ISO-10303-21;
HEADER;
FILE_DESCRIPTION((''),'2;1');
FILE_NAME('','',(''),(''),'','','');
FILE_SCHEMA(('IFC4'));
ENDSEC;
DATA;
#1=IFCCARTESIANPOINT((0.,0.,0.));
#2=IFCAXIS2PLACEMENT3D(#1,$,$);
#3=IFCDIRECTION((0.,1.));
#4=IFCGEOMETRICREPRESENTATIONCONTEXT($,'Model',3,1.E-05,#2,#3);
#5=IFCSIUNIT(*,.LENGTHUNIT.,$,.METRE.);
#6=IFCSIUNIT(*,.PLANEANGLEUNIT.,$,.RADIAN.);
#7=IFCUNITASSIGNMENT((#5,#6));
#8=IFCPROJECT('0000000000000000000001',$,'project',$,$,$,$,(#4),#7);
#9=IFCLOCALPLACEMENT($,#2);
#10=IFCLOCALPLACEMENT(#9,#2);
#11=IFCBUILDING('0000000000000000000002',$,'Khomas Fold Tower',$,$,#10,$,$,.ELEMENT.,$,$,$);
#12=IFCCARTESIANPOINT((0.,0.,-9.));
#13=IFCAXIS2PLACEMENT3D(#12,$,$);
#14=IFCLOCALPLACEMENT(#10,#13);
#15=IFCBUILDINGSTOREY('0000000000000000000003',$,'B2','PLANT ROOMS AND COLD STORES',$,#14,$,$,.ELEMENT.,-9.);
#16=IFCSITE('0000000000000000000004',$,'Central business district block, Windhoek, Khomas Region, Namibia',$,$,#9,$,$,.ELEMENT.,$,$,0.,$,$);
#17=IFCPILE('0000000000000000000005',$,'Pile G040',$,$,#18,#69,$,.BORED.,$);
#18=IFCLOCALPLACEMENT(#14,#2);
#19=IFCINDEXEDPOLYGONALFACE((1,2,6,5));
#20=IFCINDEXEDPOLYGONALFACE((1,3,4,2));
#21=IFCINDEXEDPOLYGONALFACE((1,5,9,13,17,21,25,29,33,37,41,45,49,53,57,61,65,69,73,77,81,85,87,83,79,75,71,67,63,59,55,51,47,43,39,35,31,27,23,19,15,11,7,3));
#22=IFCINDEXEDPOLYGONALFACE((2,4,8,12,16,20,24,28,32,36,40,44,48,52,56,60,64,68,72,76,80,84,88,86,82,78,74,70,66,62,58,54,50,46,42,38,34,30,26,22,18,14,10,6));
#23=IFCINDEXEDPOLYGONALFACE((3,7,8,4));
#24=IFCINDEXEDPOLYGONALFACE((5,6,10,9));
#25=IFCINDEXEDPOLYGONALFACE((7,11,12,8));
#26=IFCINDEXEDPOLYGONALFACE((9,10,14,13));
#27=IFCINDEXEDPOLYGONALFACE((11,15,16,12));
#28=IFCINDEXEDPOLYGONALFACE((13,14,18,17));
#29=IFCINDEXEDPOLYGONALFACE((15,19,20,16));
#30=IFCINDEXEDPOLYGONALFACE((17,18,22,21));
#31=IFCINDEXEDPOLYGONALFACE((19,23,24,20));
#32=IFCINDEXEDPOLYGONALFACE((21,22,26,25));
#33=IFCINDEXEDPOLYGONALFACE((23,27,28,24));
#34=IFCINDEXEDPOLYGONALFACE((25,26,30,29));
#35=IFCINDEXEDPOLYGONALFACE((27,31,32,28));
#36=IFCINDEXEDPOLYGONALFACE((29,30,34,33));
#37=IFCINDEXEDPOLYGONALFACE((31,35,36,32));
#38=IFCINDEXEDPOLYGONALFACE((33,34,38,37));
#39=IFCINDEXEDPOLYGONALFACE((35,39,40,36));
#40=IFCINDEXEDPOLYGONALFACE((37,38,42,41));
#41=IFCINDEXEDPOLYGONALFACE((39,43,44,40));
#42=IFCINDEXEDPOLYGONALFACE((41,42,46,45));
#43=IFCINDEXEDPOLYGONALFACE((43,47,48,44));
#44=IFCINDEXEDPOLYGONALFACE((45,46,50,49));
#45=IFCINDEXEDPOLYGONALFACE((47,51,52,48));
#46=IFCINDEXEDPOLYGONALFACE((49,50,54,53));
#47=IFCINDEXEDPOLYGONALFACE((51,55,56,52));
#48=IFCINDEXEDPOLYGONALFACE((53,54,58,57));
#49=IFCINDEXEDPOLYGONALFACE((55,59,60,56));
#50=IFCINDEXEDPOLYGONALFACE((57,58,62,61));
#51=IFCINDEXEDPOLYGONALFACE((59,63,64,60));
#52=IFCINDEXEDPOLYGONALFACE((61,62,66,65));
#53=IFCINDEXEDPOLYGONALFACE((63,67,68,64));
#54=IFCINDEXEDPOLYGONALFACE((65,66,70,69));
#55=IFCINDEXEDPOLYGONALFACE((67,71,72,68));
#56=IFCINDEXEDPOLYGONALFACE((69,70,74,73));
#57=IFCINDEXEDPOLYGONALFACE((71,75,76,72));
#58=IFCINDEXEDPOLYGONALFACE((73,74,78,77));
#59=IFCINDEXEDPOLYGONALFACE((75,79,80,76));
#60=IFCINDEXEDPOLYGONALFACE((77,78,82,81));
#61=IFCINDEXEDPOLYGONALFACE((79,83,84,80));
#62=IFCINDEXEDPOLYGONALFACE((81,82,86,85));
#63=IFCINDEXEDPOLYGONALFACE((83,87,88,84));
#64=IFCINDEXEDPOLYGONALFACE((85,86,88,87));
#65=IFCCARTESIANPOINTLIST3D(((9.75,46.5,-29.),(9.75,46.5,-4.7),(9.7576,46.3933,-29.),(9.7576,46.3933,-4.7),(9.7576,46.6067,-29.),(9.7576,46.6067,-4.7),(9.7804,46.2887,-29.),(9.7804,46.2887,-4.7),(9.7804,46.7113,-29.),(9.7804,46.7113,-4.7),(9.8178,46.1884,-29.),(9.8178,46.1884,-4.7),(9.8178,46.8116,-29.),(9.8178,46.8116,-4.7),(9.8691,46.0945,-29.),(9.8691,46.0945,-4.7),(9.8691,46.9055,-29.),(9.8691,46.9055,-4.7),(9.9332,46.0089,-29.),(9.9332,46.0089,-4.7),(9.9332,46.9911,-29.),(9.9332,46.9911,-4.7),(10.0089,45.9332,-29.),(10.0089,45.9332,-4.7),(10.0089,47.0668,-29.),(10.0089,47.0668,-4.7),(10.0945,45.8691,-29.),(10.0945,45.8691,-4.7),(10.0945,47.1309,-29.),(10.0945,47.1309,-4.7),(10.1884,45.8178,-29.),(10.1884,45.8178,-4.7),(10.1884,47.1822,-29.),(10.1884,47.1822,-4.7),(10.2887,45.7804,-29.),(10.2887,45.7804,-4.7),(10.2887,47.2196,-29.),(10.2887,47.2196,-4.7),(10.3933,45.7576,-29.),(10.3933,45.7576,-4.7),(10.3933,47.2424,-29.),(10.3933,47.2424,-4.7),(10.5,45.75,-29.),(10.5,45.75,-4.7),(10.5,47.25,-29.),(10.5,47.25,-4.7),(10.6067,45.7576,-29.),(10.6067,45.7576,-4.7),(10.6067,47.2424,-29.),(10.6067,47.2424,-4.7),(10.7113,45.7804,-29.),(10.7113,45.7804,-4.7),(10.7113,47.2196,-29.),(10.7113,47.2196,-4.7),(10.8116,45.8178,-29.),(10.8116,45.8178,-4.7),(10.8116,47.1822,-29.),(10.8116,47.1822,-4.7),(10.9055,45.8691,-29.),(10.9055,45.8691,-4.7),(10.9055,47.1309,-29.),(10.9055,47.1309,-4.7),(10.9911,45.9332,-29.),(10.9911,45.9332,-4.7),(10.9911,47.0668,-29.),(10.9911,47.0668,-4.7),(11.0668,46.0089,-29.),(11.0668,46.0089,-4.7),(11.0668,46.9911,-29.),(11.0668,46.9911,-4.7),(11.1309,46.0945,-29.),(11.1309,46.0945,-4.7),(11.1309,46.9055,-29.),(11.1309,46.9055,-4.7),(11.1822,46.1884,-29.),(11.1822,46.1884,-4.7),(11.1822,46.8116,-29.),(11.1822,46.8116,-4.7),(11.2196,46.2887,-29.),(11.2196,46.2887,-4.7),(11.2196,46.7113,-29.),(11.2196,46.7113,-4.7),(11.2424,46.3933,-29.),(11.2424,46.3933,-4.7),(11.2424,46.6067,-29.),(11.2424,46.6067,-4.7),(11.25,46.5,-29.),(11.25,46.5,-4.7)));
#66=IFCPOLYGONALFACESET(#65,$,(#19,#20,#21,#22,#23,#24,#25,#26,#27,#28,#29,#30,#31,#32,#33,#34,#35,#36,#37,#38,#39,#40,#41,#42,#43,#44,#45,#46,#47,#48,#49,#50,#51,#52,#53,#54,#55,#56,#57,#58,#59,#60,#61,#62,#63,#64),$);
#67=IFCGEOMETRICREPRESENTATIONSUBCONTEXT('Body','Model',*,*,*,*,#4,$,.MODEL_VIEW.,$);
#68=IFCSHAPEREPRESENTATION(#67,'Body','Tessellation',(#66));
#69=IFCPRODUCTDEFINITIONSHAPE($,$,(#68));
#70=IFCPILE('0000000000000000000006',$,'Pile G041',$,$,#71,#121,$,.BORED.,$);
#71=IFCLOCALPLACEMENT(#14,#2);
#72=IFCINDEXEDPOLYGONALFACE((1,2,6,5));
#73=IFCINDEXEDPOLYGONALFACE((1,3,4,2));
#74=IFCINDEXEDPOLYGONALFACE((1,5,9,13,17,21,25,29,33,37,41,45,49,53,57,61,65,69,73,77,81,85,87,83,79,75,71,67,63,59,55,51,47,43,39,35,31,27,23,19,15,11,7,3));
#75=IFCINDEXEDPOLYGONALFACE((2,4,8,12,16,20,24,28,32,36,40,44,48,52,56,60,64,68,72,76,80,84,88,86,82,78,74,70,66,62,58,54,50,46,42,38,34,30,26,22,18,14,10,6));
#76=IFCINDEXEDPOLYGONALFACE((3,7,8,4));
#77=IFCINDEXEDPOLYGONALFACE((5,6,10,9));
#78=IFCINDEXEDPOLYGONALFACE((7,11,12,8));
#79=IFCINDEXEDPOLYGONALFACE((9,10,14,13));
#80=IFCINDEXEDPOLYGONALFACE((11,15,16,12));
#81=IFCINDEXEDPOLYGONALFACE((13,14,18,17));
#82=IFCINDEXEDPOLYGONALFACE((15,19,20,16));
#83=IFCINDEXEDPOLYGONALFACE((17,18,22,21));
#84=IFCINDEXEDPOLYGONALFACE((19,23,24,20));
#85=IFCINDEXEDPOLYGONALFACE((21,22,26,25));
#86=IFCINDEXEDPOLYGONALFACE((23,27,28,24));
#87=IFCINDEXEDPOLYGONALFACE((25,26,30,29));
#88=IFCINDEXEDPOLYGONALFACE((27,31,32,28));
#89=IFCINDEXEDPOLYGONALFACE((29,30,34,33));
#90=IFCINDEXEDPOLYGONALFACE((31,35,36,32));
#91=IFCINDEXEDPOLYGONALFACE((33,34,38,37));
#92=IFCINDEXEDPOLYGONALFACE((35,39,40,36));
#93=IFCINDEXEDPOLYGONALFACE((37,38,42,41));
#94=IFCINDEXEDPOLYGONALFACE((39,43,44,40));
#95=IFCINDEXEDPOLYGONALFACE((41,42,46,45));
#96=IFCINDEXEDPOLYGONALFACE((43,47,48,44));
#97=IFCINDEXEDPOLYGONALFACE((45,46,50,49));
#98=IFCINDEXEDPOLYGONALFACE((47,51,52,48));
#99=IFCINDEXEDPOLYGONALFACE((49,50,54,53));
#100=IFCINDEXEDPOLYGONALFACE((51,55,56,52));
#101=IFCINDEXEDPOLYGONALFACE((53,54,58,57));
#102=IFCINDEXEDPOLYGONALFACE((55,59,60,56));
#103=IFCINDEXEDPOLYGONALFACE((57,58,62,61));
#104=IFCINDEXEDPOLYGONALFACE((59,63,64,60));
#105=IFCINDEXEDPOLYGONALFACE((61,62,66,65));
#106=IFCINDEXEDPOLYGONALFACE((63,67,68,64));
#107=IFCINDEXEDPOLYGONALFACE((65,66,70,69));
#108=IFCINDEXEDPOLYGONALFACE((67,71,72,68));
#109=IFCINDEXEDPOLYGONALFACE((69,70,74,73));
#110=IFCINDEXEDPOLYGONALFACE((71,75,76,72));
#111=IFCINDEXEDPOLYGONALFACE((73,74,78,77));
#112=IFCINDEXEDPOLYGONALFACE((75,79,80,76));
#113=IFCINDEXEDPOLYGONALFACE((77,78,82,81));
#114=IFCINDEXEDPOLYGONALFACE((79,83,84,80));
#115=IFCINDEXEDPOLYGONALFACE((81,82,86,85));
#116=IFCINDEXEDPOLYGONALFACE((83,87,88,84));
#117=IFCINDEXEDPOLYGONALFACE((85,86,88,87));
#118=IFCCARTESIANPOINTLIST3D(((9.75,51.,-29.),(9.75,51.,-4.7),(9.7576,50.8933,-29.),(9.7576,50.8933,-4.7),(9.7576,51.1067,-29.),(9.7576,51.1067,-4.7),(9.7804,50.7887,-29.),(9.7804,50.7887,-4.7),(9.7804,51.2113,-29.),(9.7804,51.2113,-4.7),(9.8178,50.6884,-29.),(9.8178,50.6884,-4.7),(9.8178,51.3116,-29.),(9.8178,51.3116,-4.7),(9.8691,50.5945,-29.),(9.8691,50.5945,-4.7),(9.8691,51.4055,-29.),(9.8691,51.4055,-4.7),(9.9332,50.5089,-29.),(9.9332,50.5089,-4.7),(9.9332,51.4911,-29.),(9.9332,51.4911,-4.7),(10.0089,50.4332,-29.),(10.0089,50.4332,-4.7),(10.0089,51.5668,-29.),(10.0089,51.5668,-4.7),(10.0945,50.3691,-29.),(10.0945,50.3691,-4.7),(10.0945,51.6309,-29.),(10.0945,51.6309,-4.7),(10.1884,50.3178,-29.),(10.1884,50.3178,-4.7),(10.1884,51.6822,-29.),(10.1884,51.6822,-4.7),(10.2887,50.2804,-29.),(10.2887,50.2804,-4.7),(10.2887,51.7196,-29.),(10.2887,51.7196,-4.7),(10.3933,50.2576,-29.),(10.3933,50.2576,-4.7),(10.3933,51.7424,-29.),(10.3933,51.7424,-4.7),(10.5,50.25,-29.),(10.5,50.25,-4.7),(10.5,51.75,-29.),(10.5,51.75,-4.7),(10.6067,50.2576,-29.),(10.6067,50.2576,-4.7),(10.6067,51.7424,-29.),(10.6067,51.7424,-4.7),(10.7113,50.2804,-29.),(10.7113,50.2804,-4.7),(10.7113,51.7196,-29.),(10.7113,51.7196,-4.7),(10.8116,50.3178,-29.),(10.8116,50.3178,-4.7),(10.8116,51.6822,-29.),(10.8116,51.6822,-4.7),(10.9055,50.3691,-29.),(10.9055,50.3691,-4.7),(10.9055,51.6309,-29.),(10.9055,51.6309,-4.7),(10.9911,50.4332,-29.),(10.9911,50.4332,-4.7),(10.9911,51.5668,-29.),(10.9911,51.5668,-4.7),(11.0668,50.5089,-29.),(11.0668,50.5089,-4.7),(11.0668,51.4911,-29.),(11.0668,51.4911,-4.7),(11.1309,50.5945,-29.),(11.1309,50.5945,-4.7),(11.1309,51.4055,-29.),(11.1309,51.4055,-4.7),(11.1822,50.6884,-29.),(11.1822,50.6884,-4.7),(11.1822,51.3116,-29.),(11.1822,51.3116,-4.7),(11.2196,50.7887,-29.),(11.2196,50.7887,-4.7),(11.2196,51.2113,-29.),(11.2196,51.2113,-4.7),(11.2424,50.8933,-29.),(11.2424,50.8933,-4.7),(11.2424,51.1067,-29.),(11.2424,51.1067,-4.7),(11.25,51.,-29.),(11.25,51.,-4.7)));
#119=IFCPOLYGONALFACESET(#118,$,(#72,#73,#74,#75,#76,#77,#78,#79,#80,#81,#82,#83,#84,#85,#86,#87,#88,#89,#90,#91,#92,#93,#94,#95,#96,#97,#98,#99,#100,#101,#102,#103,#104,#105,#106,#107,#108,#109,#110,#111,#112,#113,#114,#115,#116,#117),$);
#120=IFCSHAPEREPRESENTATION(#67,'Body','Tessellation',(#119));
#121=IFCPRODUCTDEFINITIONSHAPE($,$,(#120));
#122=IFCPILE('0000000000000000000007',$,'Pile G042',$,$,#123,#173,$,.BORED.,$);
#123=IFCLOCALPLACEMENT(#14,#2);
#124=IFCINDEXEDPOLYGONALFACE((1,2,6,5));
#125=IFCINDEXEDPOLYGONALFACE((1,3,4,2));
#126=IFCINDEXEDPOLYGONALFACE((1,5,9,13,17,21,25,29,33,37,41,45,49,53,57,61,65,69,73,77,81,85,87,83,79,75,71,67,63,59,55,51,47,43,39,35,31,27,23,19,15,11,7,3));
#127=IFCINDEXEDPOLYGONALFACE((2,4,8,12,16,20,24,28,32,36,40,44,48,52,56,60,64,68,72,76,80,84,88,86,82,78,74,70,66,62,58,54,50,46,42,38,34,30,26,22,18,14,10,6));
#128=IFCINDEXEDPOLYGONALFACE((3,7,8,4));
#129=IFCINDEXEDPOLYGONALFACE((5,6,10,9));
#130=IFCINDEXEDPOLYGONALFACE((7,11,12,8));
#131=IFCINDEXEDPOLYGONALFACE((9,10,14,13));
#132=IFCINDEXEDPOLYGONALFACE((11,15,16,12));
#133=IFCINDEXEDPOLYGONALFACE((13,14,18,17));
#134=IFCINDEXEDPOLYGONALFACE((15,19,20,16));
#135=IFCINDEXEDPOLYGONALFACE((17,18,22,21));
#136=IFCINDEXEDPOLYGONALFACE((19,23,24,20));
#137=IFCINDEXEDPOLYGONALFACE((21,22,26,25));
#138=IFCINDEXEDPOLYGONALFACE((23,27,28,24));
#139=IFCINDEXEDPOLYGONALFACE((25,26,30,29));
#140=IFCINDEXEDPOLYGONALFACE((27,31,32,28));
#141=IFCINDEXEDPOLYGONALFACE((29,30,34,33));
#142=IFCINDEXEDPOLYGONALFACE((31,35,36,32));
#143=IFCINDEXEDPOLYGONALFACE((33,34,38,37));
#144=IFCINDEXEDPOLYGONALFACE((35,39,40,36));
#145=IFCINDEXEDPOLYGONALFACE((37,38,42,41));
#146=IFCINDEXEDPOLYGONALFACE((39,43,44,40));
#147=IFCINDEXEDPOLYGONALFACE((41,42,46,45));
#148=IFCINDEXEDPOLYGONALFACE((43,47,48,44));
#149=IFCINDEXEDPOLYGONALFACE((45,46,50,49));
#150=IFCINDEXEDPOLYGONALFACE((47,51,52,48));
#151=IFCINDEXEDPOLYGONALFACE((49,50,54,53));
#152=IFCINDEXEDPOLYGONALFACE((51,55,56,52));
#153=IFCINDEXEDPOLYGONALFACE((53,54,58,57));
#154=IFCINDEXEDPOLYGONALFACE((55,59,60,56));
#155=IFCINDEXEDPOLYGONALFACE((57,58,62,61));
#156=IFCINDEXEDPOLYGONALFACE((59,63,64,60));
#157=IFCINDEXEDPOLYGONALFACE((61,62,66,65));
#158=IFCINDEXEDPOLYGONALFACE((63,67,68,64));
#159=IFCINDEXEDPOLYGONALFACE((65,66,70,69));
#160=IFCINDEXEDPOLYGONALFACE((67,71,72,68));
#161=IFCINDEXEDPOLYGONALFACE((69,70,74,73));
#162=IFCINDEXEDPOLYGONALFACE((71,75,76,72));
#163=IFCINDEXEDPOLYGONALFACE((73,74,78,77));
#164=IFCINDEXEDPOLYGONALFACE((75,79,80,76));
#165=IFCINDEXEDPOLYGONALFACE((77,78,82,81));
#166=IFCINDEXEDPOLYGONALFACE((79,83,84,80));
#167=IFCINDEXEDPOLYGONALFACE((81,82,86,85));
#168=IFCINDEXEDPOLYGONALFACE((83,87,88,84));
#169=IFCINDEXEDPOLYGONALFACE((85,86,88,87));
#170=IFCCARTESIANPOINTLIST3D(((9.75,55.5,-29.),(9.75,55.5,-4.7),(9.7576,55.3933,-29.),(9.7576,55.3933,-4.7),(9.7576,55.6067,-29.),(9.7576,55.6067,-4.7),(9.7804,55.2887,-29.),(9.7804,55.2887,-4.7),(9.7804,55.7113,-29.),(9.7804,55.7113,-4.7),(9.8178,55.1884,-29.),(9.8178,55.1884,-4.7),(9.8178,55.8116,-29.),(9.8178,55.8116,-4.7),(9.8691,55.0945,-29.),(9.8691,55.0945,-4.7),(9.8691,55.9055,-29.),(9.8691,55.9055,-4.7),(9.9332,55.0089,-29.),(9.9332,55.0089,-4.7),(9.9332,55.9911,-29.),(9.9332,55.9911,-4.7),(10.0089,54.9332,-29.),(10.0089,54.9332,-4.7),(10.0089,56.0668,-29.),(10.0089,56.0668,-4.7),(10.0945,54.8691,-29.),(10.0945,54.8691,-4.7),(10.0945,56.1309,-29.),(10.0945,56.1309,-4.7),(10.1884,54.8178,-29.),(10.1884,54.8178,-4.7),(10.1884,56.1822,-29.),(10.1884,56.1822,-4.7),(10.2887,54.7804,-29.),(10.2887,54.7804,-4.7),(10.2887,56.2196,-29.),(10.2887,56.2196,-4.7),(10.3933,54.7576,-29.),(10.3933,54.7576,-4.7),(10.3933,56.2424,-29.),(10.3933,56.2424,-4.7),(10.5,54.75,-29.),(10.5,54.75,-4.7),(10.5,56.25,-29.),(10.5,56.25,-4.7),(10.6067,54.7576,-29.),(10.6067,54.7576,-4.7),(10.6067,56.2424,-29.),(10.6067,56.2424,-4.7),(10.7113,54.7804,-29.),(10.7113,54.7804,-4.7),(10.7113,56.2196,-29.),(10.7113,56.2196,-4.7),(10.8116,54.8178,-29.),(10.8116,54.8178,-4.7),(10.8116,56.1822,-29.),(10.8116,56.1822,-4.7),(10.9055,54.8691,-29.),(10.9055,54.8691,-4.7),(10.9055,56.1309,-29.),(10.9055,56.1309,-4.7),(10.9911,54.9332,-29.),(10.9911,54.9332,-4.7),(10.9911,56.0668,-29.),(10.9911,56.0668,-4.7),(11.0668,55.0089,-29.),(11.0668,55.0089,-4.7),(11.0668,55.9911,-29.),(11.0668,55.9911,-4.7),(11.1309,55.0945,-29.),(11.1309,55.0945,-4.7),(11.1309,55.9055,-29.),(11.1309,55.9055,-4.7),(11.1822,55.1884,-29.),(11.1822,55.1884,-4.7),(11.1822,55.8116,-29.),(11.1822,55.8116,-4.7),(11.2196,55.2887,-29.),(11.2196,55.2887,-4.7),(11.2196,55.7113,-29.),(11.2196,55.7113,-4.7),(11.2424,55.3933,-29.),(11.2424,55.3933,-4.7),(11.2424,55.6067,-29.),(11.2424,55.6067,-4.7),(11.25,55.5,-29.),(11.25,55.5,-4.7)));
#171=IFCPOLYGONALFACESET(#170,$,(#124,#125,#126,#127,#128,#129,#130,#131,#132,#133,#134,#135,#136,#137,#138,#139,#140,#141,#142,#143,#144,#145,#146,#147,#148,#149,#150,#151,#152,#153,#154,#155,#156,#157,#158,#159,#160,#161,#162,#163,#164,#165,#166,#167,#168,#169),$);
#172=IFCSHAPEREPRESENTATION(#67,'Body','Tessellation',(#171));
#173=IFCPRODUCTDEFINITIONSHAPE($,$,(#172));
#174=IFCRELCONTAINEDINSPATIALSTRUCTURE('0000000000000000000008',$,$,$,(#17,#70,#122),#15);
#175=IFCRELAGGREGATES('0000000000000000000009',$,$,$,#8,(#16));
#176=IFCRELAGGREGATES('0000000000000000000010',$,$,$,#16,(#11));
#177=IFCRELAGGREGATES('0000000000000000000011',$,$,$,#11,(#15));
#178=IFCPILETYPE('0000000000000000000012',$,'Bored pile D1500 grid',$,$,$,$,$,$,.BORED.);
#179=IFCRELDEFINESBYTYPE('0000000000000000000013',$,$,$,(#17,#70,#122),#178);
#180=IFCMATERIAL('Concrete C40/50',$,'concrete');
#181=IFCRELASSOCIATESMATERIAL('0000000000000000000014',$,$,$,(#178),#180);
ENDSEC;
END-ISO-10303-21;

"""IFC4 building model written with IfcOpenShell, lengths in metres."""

from ifc_helpers import new_model, si_unit, direction, frame, origin, origin_2d, place, context, subcontext, project, spatial, circle, extrude, source, transform, mapped, material, material_profile, profile_set, type_object, element, save


model = new_model("IFC4")

# Units and contexts
model_context = context("Model", 3, precision=1e-05, world=origin(), true_north=direction((0.0, 1.0)))
body_context = subcontext(model_context, "Body", "Model", "MODEL_VIEW")
ifc_project = project(units=[si_unit("LENGTHUNIT", "METRE"), si_unit("PLANEANGLEUNIT", "RADIAN")], contexts=[model_context])

# Site, building, storey
site_placement = place(None, origin())
site = spatial("IfcSite", under=ifc_project, at=site_placement, Name="Central business district block, Windhoek, Khomas Region, Namibia", CompositionType="ELEMENT", RefElevation=0.0)
building_placement = place(site_placement, origin())
building = spatial("IfcBuilding", under=site, at=building_placement, Name="Khomas Fold Tower", CompositionType="ELEMENT")
storey_placement = place(building_placement, frame((0.0, 0.0, -9.0)))
storey = spatial("IfcBuildingStorey", under=building, at=storey_placement, Name="B2", Description="PLANT ROOMS AND COLD STORES", CompositionType="ELEMENT", Elevation=-9.0)

# Piles
ifc_material_1 = material(Name="Concrete C40/50", Category="concrete")
ifc_material_profile_1 = material_profile(ifc_material_1, circle(Radius=0.75, at=origin_2d()), Name="PILE D1500")
ifc_profile_set_1 = profile_set([ifc_material_profile_1], Name="Concrete C40/50")
pile_type_1 = type_object("IfcPileType", Name="Bored pile D1500 grid", PredefinedType="BORED", material=ifc_profile_set_1)
shared_shape_1 = source(origin(), body_context, "Body", "SweptSolid", [
    extrude(circle(Radius=0.75, at=origin_2d()), origin(), (0.0, 0.0, 1.0), 24.3),
])
for number, where, z_axis, x_axis, name in (
    (1, (10.5, 46.5, -4.7), (0.0, 0.0, -1.0), (1.0, 0.0, 0.0), "Pile G040"),
    (2, (10.5, 51.0, -4.7), (0.0, 0.0, -1.0), (1.0, 0.0, 0.0), "Pile G041"),
    (3, (10.5, 55.5, -4.7), (0.0, 0.0, -1.0), (1.0, 0.0, 0.0), "Pile G042"),
):
    element("IfcPile", number, at=place(storey_placement, frame(where, z_axis=z_axis, x_axis=x_axis)), inside=storey, type_object=pile_type_1, Name=name, PredefinedType="BORED", context=body_context, shape_type="MappedRepresentation", body=[
        mapped(shared_shape_1, transform((0.0, 0.0, 0.0))),
    ])

save(model, "model.ifc")
